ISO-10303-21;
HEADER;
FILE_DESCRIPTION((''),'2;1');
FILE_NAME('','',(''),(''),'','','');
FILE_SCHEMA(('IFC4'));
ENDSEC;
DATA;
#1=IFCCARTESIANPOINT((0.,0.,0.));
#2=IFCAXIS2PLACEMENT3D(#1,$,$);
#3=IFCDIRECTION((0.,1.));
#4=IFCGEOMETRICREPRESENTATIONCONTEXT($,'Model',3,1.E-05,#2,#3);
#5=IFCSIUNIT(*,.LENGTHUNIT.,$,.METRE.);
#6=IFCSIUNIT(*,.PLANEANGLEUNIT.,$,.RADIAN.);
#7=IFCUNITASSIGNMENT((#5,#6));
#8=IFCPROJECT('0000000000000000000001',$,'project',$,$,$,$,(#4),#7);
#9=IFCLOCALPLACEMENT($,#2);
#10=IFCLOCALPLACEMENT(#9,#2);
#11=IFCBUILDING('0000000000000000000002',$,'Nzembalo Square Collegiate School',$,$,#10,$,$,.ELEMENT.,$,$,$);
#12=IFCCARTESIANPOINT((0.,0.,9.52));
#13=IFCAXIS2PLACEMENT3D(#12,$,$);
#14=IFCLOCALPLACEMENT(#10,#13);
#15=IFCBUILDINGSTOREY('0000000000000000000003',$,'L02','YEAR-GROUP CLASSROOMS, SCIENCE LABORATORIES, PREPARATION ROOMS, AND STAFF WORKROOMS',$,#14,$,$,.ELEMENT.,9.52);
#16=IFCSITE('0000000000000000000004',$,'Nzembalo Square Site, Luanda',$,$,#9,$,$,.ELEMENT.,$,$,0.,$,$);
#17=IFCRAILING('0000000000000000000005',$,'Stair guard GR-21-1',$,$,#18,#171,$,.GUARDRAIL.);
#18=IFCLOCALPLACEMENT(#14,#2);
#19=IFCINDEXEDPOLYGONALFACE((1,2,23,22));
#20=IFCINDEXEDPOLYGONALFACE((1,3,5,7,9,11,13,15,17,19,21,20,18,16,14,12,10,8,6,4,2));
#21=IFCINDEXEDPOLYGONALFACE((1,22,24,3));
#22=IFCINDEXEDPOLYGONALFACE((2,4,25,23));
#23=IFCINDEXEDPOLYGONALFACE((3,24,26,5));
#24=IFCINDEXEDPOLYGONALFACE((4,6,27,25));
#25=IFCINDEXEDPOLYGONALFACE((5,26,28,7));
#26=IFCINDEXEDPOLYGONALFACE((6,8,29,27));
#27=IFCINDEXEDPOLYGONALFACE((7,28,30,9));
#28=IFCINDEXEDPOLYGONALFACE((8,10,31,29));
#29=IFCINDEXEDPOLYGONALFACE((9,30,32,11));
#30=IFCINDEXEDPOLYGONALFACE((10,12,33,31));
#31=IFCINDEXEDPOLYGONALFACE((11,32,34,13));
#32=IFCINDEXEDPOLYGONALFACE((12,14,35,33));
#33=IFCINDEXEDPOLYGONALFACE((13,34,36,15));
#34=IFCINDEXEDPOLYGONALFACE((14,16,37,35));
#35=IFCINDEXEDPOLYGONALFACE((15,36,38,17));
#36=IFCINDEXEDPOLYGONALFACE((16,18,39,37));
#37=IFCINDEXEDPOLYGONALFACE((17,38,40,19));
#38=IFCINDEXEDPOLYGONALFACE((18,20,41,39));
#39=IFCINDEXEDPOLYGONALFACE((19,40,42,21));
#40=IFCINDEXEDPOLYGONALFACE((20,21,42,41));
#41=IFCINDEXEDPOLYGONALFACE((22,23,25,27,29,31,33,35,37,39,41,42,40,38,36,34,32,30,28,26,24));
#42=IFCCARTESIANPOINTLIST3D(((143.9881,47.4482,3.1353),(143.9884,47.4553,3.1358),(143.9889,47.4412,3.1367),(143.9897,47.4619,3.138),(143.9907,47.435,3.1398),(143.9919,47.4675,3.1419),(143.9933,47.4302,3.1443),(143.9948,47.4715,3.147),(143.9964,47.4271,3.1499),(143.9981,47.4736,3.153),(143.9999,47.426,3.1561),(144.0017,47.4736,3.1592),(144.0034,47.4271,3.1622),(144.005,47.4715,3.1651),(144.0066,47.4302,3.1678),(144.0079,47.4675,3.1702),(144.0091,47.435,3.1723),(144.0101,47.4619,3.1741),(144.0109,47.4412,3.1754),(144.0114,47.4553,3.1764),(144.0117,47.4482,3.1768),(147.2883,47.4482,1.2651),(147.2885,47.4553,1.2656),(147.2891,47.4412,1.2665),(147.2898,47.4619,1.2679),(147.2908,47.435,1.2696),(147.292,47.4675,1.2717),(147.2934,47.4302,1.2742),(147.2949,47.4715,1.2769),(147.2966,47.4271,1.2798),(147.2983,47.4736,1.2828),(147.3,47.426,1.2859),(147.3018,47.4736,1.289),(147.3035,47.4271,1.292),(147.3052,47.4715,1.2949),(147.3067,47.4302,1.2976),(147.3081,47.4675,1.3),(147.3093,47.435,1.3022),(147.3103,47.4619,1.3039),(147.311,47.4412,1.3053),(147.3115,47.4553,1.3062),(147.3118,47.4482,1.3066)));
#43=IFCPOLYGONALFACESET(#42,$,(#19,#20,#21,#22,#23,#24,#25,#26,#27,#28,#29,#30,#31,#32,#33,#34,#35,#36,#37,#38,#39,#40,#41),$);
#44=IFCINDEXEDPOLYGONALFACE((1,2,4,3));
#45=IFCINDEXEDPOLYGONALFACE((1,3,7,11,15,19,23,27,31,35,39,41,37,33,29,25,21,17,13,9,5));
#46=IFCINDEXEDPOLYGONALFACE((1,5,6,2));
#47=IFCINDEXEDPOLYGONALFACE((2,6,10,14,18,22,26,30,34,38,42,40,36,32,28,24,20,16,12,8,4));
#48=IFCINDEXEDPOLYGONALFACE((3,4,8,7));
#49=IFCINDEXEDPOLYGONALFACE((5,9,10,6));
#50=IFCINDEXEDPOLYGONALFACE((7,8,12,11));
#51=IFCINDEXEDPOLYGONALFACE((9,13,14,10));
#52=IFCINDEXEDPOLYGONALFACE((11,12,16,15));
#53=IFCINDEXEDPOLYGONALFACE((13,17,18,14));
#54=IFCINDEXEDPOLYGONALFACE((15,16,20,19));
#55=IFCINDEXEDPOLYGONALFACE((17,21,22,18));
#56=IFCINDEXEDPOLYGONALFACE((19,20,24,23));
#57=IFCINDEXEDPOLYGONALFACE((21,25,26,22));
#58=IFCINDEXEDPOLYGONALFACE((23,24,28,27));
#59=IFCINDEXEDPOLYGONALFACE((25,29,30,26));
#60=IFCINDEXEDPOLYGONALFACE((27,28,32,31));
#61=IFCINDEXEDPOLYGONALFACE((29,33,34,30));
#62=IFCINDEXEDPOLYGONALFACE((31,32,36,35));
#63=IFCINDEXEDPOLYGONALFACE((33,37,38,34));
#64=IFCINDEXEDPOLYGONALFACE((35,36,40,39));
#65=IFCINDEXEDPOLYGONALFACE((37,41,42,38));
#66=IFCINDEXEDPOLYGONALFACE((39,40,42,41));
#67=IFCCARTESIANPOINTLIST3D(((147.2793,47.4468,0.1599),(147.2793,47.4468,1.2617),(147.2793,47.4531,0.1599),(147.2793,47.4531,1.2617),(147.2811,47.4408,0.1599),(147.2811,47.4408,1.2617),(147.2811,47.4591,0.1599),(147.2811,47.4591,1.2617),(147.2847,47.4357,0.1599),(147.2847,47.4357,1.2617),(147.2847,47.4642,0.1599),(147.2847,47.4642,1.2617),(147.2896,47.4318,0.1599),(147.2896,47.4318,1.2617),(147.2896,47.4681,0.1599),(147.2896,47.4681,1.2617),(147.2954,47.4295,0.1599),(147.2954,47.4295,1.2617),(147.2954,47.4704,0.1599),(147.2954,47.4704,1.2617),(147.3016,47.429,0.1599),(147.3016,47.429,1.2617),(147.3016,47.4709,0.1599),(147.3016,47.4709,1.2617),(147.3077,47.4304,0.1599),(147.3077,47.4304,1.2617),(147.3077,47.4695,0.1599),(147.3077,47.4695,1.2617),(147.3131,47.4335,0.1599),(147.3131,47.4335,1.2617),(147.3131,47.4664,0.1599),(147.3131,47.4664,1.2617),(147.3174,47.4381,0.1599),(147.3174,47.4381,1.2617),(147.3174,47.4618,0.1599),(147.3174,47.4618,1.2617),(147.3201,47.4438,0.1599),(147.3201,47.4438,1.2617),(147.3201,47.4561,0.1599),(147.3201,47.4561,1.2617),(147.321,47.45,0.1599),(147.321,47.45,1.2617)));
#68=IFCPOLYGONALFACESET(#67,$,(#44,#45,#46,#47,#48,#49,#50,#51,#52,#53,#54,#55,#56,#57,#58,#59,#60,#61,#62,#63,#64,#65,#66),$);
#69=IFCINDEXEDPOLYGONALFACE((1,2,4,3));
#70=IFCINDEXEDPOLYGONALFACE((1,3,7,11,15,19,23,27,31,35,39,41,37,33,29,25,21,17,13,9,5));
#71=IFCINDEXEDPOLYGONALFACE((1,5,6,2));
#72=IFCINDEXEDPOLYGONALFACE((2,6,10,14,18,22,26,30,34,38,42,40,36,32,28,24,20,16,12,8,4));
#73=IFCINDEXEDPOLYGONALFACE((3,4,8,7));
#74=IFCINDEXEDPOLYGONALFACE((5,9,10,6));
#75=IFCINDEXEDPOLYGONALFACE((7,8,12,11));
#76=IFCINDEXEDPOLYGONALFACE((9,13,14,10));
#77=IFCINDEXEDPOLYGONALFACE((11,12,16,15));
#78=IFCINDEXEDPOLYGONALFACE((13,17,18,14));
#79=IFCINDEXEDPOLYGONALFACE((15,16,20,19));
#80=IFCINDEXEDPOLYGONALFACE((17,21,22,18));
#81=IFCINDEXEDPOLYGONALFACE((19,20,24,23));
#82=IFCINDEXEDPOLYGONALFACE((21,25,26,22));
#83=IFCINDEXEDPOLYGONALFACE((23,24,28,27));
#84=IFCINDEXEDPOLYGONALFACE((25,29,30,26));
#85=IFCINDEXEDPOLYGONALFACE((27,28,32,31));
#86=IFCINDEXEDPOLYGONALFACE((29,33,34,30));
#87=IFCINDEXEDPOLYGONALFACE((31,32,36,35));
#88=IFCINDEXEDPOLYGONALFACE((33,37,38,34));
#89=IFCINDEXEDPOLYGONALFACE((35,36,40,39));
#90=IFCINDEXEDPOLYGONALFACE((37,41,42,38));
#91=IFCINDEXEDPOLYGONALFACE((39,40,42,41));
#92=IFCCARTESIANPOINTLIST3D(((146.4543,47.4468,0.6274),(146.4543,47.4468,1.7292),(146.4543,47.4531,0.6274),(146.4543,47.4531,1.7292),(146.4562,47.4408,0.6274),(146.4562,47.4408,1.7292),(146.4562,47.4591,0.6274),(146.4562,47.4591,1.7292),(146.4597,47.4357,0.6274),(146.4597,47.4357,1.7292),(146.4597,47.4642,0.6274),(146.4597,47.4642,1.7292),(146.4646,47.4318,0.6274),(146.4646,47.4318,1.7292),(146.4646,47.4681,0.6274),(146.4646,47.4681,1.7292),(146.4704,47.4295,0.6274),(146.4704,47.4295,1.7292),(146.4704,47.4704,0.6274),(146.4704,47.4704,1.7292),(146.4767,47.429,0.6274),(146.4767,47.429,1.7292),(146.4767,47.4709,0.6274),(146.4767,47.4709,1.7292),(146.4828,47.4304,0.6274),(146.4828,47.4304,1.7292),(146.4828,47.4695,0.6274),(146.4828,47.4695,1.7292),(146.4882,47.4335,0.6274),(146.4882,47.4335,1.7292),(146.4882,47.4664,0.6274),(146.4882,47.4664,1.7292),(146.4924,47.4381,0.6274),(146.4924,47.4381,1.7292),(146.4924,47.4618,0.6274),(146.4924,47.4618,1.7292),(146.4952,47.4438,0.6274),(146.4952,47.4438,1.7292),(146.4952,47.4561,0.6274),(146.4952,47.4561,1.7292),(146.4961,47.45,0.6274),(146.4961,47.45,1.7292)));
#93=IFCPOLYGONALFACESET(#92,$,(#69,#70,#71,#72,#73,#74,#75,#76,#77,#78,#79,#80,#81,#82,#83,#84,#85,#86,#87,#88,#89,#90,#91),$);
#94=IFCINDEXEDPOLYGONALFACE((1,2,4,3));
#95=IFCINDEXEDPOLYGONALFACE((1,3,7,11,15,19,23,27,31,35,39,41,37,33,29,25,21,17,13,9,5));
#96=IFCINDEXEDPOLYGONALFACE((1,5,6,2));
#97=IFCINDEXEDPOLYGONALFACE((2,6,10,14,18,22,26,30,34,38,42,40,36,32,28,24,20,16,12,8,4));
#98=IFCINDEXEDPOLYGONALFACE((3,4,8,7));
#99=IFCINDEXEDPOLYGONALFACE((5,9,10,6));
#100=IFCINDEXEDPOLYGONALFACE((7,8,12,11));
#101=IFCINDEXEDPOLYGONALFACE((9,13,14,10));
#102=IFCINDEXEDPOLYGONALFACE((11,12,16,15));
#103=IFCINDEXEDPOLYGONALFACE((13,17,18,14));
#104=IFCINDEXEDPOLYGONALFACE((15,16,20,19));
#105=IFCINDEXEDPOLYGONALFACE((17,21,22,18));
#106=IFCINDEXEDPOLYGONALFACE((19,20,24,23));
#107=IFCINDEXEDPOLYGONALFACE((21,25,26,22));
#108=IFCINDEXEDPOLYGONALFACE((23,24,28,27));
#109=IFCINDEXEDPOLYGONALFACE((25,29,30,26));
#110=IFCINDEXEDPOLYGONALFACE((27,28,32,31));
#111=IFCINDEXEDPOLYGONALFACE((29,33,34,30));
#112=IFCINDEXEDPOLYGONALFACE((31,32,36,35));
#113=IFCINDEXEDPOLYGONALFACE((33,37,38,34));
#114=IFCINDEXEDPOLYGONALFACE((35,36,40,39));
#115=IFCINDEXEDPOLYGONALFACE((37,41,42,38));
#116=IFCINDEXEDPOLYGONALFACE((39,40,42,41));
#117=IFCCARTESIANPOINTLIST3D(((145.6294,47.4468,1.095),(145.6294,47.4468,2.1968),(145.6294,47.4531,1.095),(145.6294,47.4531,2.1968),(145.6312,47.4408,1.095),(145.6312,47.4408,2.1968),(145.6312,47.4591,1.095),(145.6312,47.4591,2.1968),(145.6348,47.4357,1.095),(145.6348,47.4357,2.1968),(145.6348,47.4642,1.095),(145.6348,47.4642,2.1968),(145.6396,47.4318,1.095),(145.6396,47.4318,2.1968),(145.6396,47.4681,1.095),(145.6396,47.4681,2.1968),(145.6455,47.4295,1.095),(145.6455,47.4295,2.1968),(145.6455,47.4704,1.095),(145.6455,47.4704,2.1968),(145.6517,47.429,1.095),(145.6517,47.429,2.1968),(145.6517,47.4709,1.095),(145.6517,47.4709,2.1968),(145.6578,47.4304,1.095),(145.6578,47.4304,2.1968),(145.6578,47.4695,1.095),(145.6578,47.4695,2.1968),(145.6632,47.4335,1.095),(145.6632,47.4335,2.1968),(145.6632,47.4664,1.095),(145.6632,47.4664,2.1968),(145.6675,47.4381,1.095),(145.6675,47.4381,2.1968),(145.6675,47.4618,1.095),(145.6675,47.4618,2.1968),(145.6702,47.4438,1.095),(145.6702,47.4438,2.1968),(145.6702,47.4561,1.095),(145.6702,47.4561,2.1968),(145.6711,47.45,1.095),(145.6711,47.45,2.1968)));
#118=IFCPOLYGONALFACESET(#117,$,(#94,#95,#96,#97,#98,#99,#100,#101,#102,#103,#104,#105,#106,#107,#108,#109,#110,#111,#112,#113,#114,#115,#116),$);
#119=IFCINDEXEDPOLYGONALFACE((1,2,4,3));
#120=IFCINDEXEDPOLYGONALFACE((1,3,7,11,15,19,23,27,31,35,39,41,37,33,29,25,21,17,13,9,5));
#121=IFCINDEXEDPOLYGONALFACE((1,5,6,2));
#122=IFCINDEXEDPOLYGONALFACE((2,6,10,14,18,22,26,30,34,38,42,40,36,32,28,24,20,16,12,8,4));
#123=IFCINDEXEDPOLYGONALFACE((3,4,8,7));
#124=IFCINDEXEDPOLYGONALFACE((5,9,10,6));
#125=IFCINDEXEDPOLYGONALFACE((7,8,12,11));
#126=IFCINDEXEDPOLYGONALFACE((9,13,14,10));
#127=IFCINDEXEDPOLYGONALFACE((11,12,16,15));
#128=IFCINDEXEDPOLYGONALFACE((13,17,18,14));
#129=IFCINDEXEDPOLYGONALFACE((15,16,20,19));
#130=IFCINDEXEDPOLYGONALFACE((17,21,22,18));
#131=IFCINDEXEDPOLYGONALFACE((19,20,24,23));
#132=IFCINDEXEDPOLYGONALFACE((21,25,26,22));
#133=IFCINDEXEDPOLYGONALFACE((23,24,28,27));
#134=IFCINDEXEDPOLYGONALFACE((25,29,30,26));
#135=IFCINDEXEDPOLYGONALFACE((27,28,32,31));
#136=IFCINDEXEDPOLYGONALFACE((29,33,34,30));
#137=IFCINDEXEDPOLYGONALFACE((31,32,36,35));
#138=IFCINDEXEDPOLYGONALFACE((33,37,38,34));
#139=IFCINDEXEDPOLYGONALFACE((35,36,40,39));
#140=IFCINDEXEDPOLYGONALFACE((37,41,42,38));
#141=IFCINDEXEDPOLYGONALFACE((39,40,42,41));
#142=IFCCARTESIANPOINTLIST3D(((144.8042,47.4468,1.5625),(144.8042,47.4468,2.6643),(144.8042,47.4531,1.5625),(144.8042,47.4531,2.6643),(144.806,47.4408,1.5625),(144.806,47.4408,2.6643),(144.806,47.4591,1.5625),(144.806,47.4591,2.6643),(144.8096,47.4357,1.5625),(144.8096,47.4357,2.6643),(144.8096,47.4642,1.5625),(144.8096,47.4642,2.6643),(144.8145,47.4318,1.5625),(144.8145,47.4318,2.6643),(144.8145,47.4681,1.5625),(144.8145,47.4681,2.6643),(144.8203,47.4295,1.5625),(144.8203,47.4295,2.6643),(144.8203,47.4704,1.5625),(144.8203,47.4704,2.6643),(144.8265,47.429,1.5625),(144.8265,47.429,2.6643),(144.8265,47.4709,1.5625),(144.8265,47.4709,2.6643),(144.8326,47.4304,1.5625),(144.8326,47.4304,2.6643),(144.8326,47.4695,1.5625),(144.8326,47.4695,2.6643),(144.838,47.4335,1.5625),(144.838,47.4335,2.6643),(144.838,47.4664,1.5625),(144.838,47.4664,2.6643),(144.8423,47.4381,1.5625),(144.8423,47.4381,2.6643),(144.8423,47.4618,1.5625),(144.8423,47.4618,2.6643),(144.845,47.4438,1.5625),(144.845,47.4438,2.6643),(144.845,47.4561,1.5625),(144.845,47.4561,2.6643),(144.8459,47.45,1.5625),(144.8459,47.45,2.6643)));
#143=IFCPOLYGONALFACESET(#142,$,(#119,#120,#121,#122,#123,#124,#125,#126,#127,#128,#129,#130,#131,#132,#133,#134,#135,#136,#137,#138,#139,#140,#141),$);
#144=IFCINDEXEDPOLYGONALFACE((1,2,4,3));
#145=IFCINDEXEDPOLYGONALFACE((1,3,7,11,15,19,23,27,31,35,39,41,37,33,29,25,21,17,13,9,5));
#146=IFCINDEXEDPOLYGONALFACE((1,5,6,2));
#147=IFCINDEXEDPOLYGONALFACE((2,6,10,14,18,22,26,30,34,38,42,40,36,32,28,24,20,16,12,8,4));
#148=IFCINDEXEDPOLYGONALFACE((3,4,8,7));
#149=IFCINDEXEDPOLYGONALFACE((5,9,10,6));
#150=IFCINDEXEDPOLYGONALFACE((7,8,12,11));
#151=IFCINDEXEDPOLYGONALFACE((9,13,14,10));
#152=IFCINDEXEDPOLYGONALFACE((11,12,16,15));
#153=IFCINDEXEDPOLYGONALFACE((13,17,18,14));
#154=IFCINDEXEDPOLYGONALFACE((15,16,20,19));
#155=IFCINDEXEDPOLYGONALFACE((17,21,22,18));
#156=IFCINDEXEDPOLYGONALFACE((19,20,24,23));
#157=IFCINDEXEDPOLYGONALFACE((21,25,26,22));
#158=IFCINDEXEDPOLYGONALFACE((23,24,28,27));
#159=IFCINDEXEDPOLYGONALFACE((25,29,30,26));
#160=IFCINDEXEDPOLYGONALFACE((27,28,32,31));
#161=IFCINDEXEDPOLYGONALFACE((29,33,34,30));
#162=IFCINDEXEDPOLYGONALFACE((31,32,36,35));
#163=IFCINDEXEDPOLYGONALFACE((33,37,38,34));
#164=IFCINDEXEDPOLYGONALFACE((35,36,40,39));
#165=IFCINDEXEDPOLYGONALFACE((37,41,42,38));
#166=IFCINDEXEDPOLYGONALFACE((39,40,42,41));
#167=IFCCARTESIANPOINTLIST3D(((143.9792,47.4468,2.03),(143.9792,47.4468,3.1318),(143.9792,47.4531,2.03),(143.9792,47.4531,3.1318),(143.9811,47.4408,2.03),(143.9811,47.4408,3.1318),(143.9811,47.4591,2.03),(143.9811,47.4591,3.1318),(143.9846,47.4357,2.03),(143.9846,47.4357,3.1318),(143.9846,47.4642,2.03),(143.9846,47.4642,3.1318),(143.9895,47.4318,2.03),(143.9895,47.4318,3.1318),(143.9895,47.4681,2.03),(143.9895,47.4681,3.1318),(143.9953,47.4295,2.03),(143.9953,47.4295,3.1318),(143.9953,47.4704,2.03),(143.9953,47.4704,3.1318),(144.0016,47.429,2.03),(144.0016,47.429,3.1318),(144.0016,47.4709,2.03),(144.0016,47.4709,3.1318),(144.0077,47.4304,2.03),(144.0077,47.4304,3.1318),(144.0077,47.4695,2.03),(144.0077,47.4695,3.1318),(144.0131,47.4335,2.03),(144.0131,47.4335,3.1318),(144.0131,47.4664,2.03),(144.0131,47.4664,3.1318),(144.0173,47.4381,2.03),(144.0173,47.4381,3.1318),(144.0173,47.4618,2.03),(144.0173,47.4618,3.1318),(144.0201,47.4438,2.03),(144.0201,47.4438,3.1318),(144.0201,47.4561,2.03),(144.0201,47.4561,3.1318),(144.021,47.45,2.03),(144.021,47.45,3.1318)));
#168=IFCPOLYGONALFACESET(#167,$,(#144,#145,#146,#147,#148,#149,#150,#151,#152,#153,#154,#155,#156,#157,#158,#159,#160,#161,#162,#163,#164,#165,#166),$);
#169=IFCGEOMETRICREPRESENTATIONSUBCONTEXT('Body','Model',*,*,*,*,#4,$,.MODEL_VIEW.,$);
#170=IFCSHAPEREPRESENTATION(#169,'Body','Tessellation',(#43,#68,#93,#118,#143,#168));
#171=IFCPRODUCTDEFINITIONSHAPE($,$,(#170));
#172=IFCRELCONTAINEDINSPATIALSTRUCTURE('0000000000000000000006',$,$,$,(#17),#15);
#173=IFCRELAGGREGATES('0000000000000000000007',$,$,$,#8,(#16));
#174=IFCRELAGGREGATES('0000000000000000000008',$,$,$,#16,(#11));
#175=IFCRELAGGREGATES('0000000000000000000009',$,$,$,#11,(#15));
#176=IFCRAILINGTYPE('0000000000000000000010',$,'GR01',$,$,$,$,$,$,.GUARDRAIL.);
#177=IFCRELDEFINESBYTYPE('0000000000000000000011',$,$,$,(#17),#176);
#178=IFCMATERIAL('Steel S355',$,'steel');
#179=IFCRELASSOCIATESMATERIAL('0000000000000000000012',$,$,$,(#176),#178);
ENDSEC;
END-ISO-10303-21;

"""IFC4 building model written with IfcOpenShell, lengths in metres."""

from ifc_helpers import new_model, si_unit, direction, frame, origin, origin_2d, place, context, subcontext, project, spatial, circle, extrude, material, type_object, element, save


model = new_model("IFC4")

# Units and contexts
model_context = context("Model", 3, precision=1e-05, world=origin(), true_north=direction((0.0, 1.0)))
body_context = subcontext(model_context, "Body", "Model", "MODEL_VIEW")
ifc_project = project(units=[si_unit("LENGTHUNIT", "METRE"), si_unit("PLANEANGLEUNIT", "RADIAN")], contexts=[model_context])

# Site, building, storey
site_placement = place(None, origin())
site = spatial("IfcSite", under=ifc_project, at=site_placement, Name="Nzembalo Square Site, Luanda", CompositionType="ELEMENT", RefElevation=0.0)
building_placement = place(site_placement, origin())
building = spatial("IfcBuilding", under=site, at=building_placement, Name="Nzembalo Square Collegiate School", CompositionType="ELEMENT")
storey_placement = place(building_placement, frame((0.0, 0.0, 9.52)))
storey = spatial("IfcBuildingStorey", under=building, at=storey_placement, Name="L02", Description="YEAR-GROUP CLASSROOMS, SCIENCE LABORATORIES, PREPARATION ROOMS, AND STAFF WORKROOMS", CompositionType="ELEMENT", Elevation=9.52)

# Railing
ifc_material_1 = material(Name="Steel S355", Category="steel")
railing_type_1 = type_object("IfcRailingType", Name="GR01", PredefinedType="GUARDRAIL", material=ifc_material_1)
railing_1_placement = place(storey_placement, frame((147.3, 47.45, 0.1599)))
element("IfcRailing", 1, at=railing_1_placement, inside=storey, type_object=railing_type_1, Name="Stair guard GR-21-1", PredefinedType="GUARDRAIL", context=body_context, shape_type="SweptSolid", body=[
    extrude(circle(Radius=0.0239, at=origin_2d()), frame((0.0, 0.0, 1.126), z_axis=(-0.870012, 0.0, 0.49303), x_axis=(0.0, -1.0, 0.0)), (0.0, 0.0, 1.0), 3.7932),
    extrude(circle(Radius=0.021, at=origin_2d()), origin(), (0.0, 0.0, 1.0), 1.1018),
    extrude(circle(Radius=0.021, at=origin_2d()), frame((-0.825, 0.0, 0.4675)), (0.0, 0.0, 1.0), 1.1018),
    extrude(circle(Radius=0.021, at=origin_2d()), frame((-1.6499, 0.0, 0.9351)), (0.0, 0.0, 1.0), 1.1018),
    extrude(circle(Radius=0.021, at=origin_2d()), frame((-2.4751, 0.0, 1.4026)), (0.0, 0.0, 1.0), 1.1018),
    extrude(circle(Radius=0.021, at=origin_2d()), frame((-3.3, 0.0, 1.8701)), (0.0, 0.0, 1.0), 1.1018),
])

save(model, "model.ifc")
